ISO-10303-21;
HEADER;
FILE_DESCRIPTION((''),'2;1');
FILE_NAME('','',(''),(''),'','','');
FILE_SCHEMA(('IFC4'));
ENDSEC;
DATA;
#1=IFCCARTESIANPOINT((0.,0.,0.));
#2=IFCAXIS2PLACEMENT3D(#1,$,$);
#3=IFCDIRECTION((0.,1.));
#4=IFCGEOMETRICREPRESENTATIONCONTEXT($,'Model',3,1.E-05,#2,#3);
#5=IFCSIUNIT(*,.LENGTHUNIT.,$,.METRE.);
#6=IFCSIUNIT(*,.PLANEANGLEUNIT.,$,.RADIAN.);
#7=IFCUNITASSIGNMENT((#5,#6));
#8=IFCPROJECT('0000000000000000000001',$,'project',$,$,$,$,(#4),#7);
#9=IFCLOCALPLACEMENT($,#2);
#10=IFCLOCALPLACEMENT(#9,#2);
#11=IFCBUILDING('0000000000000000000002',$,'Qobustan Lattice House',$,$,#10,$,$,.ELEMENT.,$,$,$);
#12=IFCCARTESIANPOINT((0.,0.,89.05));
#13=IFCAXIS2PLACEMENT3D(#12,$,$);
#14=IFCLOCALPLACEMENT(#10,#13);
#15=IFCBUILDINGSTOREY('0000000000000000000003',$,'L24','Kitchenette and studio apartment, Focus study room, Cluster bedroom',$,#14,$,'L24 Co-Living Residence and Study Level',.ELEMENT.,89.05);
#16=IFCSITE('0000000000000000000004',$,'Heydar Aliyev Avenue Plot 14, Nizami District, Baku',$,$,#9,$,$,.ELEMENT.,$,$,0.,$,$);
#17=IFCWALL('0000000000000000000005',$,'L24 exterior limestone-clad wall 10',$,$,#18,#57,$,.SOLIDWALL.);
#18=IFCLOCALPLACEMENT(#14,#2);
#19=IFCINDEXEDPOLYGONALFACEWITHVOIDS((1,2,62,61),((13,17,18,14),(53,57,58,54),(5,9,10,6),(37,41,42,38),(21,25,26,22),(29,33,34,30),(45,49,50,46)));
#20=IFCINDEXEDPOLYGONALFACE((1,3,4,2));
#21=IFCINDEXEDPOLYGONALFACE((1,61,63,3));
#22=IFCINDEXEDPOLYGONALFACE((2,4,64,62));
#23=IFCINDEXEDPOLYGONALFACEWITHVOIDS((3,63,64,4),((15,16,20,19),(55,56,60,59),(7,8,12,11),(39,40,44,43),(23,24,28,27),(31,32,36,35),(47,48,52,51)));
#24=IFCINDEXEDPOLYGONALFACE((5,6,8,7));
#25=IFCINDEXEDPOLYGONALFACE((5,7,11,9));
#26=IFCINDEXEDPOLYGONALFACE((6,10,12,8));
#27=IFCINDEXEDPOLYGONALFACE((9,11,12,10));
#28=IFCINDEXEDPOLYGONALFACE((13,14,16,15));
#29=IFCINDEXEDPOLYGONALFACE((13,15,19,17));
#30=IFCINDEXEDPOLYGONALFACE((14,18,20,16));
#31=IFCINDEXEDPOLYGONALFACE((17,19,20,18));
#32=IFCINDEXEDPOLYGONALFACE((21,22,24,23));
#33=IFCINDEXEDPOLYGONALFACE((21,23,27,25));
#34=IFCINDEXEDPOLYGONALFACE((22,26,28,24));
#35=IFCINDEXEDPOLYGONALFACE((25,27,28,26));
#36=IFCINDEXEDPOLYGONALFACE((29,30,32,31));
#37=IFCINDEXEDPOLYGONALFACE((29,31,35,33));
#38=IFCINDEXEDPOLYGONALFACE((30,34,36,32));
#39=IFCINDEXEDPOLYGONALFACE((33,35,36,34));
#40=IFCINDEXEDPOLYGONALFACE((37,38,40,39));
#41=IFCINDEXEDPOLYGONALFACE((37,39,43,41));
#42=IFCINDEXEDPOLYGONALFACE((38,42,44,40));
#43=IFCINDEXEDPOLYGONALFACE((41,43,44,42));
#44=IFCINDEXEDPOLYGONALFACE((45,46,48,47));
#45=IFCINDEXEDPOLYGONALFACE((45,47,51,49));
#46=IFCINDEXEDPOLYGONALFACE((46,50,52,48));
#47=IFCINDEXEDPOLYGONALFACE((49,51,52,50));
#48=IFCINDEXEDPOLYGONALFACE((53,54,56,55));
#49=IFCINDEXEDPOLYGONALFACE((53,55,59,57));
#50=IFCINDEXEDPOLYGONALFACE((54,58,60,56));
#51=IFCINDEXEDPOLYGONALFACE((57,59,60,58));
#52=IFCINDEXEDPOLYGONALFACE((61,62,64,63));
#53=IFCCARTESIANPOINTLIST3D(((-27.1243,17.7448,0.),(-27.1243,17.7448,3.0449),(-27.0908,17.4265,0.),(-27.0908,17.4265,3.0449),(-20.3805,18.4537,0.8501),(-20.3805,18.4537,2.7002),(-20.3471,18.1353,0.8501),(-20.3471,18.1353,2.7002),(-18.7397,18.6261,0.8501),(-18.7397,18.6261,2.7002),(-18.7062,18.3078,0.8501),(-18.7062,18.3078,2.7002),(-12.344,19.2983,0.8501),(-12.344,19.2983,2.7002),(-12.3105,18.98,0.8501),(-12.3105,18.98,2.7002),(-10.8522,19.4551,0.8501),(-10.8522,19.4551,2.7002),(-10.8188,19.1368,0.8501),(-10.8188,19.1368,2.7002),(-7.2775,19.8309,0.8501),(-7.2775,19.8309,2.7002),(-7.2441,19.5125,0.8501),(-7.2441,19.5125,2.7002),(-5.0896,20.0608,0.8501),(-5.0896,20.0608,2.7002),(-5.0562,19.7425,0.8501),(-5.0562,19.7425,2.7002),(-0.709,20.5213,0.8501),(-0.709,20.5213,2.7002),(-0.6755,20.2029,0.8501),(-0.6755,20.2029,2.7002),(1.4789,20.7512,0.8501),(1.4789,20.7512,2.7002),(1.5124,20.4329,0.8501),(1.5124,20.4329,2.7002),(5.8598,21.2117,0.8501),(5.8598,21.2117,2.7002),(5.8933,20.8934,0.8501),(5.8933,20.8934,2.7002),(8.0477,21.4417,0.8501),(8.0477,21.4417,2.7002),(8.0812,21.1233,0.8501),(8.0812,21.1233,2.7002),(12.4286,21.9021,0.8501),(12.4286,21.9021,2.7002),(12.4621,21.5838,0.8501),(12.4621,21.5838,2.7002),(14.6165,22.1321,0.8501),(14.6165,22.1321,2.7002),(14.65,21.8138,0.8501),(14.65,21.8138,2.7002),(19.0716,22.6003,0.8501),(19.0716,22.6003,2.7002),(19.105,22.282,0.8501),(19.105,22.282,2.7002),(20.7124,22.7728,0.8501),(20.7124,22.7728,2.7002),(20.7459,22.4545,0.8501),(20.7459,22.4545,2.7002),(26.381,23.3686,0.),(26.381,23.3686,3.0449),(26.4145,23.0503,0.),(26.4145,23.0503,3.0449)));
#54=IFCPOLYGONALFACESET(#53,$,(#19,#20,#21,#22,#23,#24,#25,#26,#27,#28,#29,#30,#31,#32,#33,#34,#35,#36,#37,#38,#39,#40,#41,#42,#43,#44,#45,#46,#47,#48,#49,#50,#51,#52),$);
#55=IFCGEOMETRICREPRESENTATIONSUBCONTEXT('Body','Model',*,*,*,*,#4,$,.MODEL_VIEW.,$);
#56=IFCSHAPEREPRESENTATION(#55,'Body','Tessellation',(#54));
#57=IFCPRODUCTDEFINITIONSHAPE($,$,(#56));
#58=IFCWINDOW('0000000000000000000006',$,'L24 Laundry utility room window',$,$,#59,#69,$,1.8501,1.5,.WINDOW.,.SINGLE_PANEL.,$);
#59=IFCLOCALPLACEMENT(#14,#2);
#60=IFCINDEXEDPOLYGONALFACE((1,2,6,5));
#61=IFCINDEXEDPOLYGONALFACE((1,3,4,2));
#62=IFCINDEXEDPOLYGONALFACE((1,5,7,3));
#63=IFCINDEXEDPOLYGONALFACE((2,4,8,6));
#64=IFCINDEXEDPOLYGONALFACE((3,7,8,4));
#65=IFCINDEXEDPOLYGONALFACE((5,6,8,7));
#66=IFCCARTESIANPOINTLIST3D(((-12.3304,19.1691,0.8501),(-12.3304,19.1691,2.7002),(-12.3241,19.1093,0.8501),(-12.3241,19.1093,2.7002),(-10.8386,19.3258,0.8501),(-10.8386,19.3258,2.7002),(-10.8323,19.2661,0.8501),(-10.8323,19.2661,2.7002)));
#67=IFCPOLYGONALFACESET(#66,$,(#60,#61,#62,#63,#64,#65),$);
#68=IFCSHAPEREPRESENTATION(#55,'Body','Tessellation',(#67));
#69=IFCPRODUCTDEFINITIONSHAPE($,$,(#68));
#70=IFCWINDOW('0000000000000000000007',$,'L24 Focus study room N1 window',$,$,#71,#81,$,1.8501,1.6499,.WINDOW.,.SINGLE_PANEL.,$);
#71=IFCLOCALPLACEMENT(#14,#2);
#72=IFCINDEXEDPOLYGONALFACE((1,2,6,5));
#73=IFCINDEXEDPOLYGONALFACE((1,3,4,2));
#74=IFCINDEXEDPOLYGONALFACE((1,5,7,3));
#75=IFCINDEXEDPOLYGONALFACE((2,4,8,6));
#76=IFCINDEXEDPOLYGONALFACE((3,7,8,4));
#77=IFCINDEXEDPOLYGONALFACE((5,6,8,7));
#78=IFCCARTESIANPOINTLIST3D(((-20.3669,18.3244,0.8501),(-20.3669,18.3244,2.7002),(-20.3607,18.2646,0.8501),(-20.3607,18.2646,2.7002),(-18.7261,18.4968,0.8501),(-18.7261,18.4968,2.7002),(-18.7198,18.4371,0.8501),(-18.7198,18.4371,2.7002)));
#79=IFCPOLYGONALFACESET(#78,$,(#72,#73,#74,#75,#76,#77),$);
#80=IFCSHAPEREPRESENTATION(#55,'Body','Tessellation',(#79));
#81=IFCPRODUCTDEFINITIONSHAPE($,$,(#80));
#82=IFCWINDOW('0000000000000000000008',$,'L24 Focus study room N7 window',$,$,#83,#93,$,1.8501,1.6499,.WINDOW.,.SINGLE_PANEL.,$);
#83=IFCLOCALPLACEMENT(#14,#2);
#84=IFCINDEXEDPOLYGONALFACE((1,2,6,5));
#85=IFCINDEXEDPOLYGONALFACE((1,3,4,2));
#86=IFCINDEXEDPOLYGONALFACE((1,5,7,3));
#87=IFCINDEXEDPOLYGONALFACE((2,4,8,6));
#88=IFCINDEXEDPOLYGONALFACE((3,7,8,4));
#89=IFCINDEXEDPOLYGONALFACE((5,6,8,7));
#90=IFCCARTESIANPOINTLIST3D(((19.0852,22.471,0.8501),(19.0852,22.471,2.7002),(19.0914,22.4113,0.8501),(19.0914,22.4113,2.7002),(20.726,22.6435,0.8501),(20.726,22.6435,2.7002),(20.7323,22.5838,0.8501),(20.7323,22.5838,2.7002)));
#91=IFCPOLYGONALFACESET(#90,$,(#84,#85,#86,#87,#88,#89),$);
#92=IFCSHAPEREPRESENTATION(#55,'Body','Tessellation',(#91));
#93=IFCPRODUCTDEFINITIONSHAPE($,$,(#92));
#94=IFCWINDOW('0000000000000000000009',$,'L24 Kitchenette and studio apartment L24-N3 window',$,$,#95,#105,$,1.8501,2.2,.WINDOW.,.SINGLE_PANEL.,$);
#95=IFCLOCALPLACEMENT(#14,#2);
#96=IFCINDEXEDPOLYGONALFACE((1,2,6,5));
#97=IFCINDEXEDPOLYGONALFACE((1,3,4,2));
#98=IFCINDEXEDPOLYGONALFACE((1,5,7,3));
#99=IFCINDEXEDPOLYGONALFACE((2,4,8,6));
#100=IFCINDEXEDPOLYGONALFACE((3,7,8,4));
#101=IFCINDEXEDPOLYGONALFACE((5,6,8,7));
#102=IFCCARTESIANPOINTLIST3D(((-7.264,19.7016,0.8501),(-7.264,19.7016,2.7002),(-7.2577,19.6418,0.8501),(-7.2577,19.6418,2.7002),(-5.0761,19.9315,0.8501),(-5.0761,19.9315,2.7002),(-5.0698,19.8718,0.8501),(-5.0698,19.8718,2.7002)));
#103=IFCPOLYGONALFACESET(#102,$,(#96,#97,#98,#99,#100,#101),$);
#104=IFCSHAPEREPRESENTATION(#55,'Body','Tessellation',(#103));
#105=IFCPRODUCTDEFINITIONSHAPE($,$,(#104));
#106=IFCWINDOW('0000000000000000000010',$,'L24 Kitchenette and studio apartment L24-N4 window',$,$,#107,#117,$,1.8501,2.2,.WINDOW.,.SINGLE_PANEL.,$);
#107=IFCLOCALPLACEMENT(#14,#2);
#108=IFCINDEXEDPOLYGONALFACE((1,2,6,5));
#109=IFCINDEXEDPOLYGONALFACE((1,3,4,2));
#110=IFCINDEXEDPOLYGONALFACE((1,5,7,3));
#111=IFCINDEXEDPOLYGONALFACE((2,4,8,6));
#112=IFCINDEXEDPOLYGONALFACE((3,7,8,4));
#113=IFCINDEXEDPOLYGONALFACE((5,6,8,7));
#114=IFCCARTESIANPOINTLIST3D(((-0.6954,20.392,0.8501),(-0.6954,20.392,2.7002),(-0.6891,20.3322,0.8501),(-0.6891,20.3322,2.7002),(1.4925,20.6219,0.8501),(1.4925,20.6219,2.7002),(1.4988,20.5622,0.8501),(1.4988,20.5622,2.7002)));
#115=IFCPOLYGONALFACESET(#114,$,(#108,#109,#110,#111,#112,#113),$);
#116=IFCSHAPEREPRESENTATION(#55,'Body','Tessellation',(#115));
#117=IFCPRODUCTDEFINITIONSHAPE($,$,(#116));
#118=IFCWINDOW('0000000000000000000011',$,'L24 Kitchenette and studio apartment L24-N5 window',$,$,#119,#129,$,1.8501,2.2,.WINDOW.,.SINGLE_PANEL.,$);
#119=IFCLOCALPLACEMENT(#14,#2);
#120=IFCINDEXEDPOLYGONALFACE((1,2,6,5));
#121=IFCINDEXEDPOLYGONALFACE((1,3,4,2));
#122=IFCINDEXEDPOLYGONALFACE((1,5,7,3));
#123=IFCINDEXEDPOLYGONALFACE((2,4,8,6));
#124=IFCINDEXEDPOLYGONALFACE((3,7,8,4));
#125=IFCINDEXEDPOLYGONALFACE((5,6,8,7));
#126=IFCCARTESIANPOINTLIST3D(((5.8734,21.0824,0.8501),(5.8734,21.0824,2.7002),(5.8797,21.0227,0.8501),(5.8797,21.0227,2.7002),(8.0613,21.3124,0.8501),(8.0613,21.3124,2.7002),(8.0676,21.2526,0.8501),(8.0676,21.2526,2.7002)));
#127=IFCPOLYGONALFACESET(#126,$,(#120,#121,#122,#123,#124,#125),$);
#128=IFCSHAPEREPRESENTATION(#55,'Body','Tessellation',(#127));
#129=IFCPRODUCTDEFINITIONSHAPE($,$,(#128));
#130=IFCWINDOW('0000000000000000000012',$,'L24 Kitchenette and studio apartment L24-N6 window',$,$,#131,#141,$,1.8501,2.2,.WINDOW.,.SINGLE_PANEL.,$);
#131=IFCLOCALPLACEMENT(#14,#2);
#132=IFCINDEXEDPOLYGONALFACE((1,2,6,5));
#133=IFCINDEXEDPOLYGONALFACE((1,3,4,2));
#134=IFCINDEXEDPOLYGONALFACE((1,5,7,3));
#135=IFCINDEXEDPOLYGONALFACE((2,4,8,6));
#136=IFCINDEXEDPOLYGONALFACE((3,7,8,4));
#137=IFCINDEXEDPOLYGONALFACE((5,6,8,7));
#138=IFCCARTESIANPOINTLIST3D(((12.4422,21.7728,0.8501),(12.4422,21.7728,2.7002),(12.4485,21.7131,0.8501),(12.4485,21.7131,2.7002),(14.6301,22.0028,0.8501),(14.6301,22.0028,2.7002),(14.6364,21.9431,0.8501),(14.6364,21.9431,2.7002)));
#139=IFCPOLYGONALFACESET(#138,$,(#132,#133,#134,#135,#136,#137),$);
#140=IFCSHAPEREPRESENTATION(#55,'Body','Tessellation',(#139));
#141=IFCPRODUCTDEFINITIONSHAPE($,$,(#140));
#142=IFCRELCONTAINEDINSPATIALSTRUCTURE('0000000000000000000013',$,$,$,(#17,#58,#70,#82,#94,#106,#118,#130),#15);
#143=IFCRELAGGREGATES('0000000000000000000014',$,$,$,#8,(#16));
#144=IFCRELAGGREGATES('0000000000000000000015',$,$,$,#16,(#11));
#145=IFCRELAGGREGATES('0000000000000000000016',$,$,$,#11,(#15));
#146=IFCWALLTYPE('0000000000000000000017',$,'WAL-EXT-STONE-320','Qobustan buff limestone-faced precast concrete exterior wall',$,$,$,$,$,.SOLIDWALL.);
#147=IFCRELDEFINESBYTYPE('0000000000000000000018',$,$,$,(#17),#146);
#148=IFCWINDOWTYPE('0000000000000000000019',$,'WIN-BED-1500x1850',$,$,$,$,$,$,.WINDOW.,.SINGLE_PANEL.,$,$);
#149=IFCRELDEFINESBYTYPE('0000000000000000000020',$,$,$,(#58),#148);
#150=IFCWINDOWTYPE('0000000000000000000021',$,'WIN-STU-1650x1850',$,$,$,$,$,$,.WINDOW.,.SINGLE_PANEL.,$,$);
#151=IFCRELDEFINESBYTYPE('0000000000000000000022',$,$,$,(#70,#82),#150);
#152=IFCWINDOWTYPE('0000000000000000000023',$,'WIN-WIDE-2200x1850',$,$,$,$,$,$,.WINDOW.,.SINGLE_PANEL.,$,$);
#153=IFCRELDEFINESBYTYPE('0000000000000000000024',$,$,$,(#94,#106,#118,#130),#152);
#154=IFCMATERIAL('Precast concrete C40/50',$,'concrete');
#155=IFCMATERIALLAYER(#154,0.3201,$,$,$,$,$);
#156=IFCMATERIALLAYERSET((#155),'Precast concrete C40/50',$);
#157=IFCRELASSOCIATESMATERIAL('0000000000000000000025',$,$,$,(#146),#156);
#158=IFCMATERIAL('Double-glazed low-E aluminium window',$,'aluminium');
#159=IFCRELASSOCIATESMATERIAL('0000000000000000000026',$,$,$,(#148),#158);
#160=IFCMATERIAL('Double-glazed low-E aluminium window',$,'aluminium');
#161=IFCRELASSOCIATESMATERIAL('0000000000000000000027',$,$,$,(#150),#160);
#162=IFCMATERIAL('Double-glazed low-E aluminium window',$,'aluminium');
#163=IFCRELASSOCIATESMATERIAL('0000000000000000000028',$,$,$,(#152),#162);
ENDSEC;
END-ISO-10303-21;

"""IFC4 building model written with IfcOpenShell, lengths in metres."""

from ifc_helpers import new_model, si_unit, direction, frame, frame_2d, origin, place, context, subcontext, project, spatial, rectangle, extrude, material, layer, layer_set, type_object, element, fill, save


model = new_model("IFC4")

# Units and contexts
model_context = context("Model", 3, precision=1e-05, world=origin(), true_north=direction((0.0, 1.0)))
body_context = subcontext(model_context, "Body", "Model", "MODEL_VIEW")
ifc_project = project(units=[si_unit("LENGTHUNIT", "METRE"), si_unit("PLANEANGLEUNIT", "RADIAN")], contexts=[model_context])

# Site, building, storey
site_placement = place(None, origin())
site = spatial("IfcSite", under=ifc_project, at=site_placement, Name="Heydar Aliyev Avenue Plot 14, Nizami District, Baku", CompositionType="ELEMENT", RefElevation=0.0)
building_placement = place(site_placement, origin())
building = spatial("IfcBuilding", under=site, at=building_placement, Name="Qobustan Lattice House", CompositionType="ELEMENT")
storey_placement = place(building_placement, frame((0.0, 0.0, 89.05)))
storey = spatial("IfcBuildingStorey", under=building, at=storey_placement, Name="L24", Description="Kitchenette and studio apartment, Focus study room, Cluster bedroom", LongName="L24 Co-Living Residence and Study Level", CompositionType="ELEMENT", Elevation=89.05)

# Shared definitions
ifc_material_1 = material(Name="Precast concrete C40/50", Category="concrete")
ifc_layer_1 = layer(ifc_material_1, 0.3201)
ifc_layer_set_1 = layer_set([ifc_layer_1], Name="Precast concrete C40/50")
wall_type = type_object("IfcWallType", Name="WAL-EXT-STONE-320", Description="Qobustan buff limestone-faced precast concrete exterior wall", PredefinedType="SOLIDWALL", material=ifc_layer_set_1)

# Wall, openings, windows
wall_placement = place(storey_placement, frame((-27.1074, 17.5857, 0.0), z_axis=(0.0, 0.0, 1.0), x_axis=(0.994522, 0.104531, 0.0)))
wall = element("IfcWall", 1, at=wall_placement, inside=storey, type_object=wall_type, Name="L24 exterior limestone-clad wall 10", PredefinedType="SOLIDWALL", context=body_context, shape_type="SweptSolid", body=[
    extrude(rectangle(XDim=53.8, YDim=0.3201, at=frame_2d((26.8999, 0.0))), origin(), (0.0, 0.0, 1.0), 3.0449),
])
opening_1_placement = place(wall_placement, frame((6.7808, 0.0, 0.8501)))
opening_1 = element("IfcOpeningElement", 2, at=opening_1_placement, cuts=wall, PredefinedType="OPENING", context=body_context, shape_type="SweptSolid", body=[
    extrude(rectangle(XDim=1.6499, YDim=1.8501, at=frame_2d((0.825, 0.925))), frame((0.0, 0.1699, 0.0), z_axis=(0.0, -1.0, 0.0), x_axis=(1.0, 0.0, 0.0)), (0.0, 0.0, 1.0), 0.3401),
])
opening_2_placement = place(wall_placement, frame((14.8616, 0.0, 0.8501)))
opening_2 = element("IfcOpeningElement", 3, at=opening_2_placement, cuts=wall, PredefinedType="OPENING", context=body_context, shape_type="SweptSolid", body=[
    extrude(rectangle(XDim=1.5, YDim=1.8501, at=frame_2d((0.75, 0.925))), frame((0.0, 0.1699, 0.0), z_axis=(0.0, -1.0, 0.0), x_axis=(1.0, 0.0, 0.0)), (0.0, 0.0, 1.0), 0.3401),
])
opening_3_placement = place(wall_placement, frame((19.9558, 0.0, 0.8501)))
opening_3 = element("IfcOpeningElement", 4, at=opening_3_placement, cuts=wall, PredefinedType="OPENING", context=body_context, shape_type="SweptSolid", body=[
    extrude(rectangle(XDim=2.2, YDim=1.8501, at=frame_2d((1.1001, 0.925))), frame((0.0, 0.1699, 0.0), z_axis=(0.0, -1.0, 0.0), x_axis=(1.0, 0.0, 0.0)), (0.0, 0.0, 1.0), 0.3401),
])
opening_4_placement = place(wall_placement, frame((26.5605, 0.0, 0.8501)))
opening_4 = element("IfcOpeningElement", 5, at=opening_4_placement, cuts=wall, PredefinedType="OPENING", context=body_context, shape_type="SweptSolid", body=[
    extrude(rectangle(XDim=2.2, YDim=1.8501, at=frame_2d((1.1001, 0.925))), frame((0.0, 0.1699, 0.0), z_axis=(0.0, -1.0, 0.0), x_axis=(1.0, 0.0, 0.0)), (0.0, 0.0, 1.0), 0.3401),
])
opening_5_placement = place(wall_placement, frame((33.1655, 0.0, 0.8501)))
opening_5 = element("IfcOpeningElement", 6, at=opening_5_placement, cuts=wall, PredefinedType="OPENING", context=body_context, shape_type="SweptSolid", body=[
    extrude(rectangle(XDim=2.2, YDim=1.8501, at=frame_2d((1.1001, 0.925))), frame((0.0, 0.1699, 0.0), z_axis=(0.0, -1.0, 0.0), x_axis=(1.0, 0.0, 0.0)), (0.0, 0.0, 1.0), 0.3401),
])
opening_6_placement = place(wall_placement, frame((39.7705, 0.0, 0.8501)))
opening_6 = element("IfcOpeningElement", 7, at=opening_6_placement, cuts=wall, PredefinedType="OPENING", context=body_context, shape_type="SweptSolid", body=[
    extrude(rectangle(XDim=2.2, YDim=1.8501, at=frame_2d((1.1001, 0.925))), frame((0.0, 0.1699, 0.0), z_axis=(0.0, -1.0, 0.0), x_axis=(1.0, 0.0, 0.0)), (0.0, 0.0, 1.0), 0.3401),
])
opening_7_placement = place(wall_placement, frame((46.4502, 0.0, 0.8501)))
opening_7 = element("IfcOpeningElement", 8, at=opening_7_placement, cuts=wall, PredefinedType="OPENING", context=body_context, shape_type="SweptSolid", body=[
    extrude(rectangle(XDim=1.6499, YDim=1.8501, at=frame_2d((0.825, 0.925))), frame((0.0, 0.1699, 0.0), z_axis=(0.0, -1.0, 0.0), x_axis=(1.0, 0.0, 0.0)), (0.0, 0.0, 1.0), 0.3401),
])
ifc_material_2 = material(Name="Double-glazed low-E aluminium window", Category="aluminium")
window_type_1 = type_object("IfcWindowType", Name="WIN-BED-1500x1850", PartitioningType="SINGLE_PANEL", PredefinedType="WINDOW", material=ifc_material_2)
window_1_placement = place(opening_2_placement, origin())
window_1 = element("IfcWindow", 9, at=window_1_placement, inside=storey, type_object=window_type_1, Name="L24 Laundry utility room window", OverallHeight=1.8501, OverallWidth=1.5, PartitioningType="SINGLE_PANEL", PredefinedType="WINDOW", context=body_context, shape_type="SweptSolid", body=[
    extrude(rectangle(XDim=1.5, YDim=1.8501, at=frame_2d((0.75, 0.925))), frame((0.0, 0.03, 0.0), z_axis=(0.0, -1.0, 0.0), x_axis=(1.0, 0.0, 0.0)), (0.0, 0.0, 1.0), 0.0601),
])
fill(opening_2, window_1)
ifc_material_3 = material(Name="Double-glazed low-E aluminium window", Category="aluminium")
window_type_2 = type_object("IfcWindowType", Name="WIN-STU-1650x1850", PartitioningType="SINGLE_PANEL", PredefinedType="WINDOW", material=ifc_material_3)
window_2_placement = place(opening_1_placement, origin())
window_2 = element("IfcWindow", 10, at=window_2_placement, inside=storey, type_object=window_type_2, Name="L24 Focus study room N1 window", OverallHeight=1.8501, OverallWidth=1.6499, PartitioningType="SINGLE_PANEL", PredefinedType="WINDOW", context=body_context, shape_type="SweptSolid", body=[
    extrude(rectangle(XDim=1.6499, YDim=1.8501, at=frame_2d((0.825, 0.925))), frame((0.0, 0.03, 0.0), z_axis=(0.0, -1.0, 0.0), x_axis=(1.0, 0.0, 0.0)), (0.0, 0.0, 1.0), 0.0601),
])
fill(opening_1, window_2)
window_3_placement = place(opening_7_placement, origin())
window_3 = element("IfcWindow", 11, at=window_3_placement, inside=storey, type_object=window_type_2, Name="L24 Focus study room N7 window", OverallHeight=1.8501, OverallWidth=1.6499, PartitioningType="SINGLE_PANEL", PredefinedType="WINDOW", context=body_context, shape_type="SweptSolid", body=[
    extrude(rectangle(XDim=1.6499, YDim=1.8501, at=frame_2d((0.825, 0.925))), frame((0.0, 0.03, 0.0), z_axis=(0.0, -1.0, 0.0), x_axis=(1.0, 0.0, 0.0)), (0.0, 0.0, 1.0), 0.0601),
])
fill(opening_7, window_3)
ifc_material_4 = material(Name="Double-glazed low-E aluminium window", Category="aluminium")
window_type_3 = type_object("IfcWindowType", Name="WIN-WIDE-2200x1850", PartitioningType="SINGLE_PANEL", PredefinedType="WINDOW", material=ifc_material_4)
window_4_placement = place(opening_3_placement, origin())
window_4 = element("IfcWindow", 12, at=window_4_placement, inside=storey, type_object=window_type_3, Name="L24 Kitchenette and studio apartment L24-N3 window", OverallHeight=1.8501, OverallWidth=2.2, PartitioningType="SINGLE_PANEL", PredefinedType="WINDOW", context=body_context, shape_type="SweptSolid", body=[
    extrude(rectangle(XDim=2.2, YDim=1.8501, at=frame_2d((1.1001, 0.925))), frame((0.0, 0.03, 0.0), z_axis=(0.0, -1.0, 0.0), x_axis=(1.0, 0.0, 0.0)), (0.0, 0.0, 1.0), 0.0601),
])
fill(opening_3, window_4)
window_5_placement = place(opening_4_placement, origin())
window_5 = element("IfcWindow", 13, at=window_5_placement, inside=storey, type_object=window_type_3, Name="L24 Kitchenette and studio apartment L24-N4 window", OverallHeight=1.8501, OverallWidth=2.2, PartitioningType="SINGLE_PANEL", PredefinedType="WINDOW", context=body_context, shape_type="SweptSolid", body=[
    extrude(rectangle(XDim=2.2, YDim=1.8501, at=frame_2d((1.1001, 0.925))), frame((0.0, 0.03, 0.0), z_axis=(0.0, -1.0, 0.0), x_axis=(1.0, 0.0, 0.0)), (0.0, 0.0, 1.0), 0.0601),
])
fill(opening_4, window_5)
window_6_placement = place(opening_5_placement, origin())
window_6 = element("IfcWindow", 14, at=window_6_placement, inside=storey, type_object=window_type_3, Name="L24 Kitchenette and studio apartment L24-N5 window", OverallHeight=1.8501, OverallWidth=2.2, PartitioningType="SINGLE_PANEL", PredefinedType="WINDOW", context=body_context, shape_type="SweptSolid", body=[
    extrude(rectangle(XDim=2.2, YDim=1.8501, at=frame_2d((1.1001, 0.925))), frame((0.0, 0.03, 0.0), z_axis=(0.0, -1.0, 0.0), x_axis=(1.0, 0.0, 0.0)), (0.0, 0.0, 1.0), 0.0601),
])
fill(opening_5, window_6)
window_7_placement = place(opening_6_placement, origin())
window_7 = element("IfcWindow", 15, at=window_7_placement, inside=storey, type_object=window_type_3, Name="L24 Kitchenette and studio apartment L24-N6 window", OverallHeight=1.8501, OverallWidth=2.2, PartitioningType="SINGLE_PANEL", PredefinedType="WINDOW", context=body_context, shape_type="SweptSolid", body=[
    extrude(rectangle(XDim=2.2, YDim=1.8501, at=frame_2d((1.1001, 0.925))), frame((0.0, 0.03, 0.0), z_axis=(0.0, -1.0, 0.0), x_axis=(1.0, 0.0, 0.0)), (0.0, 0.0, 1.0), 0.0601),
])
fill(opening_6, window_7)

save(model, "model.ifc")
